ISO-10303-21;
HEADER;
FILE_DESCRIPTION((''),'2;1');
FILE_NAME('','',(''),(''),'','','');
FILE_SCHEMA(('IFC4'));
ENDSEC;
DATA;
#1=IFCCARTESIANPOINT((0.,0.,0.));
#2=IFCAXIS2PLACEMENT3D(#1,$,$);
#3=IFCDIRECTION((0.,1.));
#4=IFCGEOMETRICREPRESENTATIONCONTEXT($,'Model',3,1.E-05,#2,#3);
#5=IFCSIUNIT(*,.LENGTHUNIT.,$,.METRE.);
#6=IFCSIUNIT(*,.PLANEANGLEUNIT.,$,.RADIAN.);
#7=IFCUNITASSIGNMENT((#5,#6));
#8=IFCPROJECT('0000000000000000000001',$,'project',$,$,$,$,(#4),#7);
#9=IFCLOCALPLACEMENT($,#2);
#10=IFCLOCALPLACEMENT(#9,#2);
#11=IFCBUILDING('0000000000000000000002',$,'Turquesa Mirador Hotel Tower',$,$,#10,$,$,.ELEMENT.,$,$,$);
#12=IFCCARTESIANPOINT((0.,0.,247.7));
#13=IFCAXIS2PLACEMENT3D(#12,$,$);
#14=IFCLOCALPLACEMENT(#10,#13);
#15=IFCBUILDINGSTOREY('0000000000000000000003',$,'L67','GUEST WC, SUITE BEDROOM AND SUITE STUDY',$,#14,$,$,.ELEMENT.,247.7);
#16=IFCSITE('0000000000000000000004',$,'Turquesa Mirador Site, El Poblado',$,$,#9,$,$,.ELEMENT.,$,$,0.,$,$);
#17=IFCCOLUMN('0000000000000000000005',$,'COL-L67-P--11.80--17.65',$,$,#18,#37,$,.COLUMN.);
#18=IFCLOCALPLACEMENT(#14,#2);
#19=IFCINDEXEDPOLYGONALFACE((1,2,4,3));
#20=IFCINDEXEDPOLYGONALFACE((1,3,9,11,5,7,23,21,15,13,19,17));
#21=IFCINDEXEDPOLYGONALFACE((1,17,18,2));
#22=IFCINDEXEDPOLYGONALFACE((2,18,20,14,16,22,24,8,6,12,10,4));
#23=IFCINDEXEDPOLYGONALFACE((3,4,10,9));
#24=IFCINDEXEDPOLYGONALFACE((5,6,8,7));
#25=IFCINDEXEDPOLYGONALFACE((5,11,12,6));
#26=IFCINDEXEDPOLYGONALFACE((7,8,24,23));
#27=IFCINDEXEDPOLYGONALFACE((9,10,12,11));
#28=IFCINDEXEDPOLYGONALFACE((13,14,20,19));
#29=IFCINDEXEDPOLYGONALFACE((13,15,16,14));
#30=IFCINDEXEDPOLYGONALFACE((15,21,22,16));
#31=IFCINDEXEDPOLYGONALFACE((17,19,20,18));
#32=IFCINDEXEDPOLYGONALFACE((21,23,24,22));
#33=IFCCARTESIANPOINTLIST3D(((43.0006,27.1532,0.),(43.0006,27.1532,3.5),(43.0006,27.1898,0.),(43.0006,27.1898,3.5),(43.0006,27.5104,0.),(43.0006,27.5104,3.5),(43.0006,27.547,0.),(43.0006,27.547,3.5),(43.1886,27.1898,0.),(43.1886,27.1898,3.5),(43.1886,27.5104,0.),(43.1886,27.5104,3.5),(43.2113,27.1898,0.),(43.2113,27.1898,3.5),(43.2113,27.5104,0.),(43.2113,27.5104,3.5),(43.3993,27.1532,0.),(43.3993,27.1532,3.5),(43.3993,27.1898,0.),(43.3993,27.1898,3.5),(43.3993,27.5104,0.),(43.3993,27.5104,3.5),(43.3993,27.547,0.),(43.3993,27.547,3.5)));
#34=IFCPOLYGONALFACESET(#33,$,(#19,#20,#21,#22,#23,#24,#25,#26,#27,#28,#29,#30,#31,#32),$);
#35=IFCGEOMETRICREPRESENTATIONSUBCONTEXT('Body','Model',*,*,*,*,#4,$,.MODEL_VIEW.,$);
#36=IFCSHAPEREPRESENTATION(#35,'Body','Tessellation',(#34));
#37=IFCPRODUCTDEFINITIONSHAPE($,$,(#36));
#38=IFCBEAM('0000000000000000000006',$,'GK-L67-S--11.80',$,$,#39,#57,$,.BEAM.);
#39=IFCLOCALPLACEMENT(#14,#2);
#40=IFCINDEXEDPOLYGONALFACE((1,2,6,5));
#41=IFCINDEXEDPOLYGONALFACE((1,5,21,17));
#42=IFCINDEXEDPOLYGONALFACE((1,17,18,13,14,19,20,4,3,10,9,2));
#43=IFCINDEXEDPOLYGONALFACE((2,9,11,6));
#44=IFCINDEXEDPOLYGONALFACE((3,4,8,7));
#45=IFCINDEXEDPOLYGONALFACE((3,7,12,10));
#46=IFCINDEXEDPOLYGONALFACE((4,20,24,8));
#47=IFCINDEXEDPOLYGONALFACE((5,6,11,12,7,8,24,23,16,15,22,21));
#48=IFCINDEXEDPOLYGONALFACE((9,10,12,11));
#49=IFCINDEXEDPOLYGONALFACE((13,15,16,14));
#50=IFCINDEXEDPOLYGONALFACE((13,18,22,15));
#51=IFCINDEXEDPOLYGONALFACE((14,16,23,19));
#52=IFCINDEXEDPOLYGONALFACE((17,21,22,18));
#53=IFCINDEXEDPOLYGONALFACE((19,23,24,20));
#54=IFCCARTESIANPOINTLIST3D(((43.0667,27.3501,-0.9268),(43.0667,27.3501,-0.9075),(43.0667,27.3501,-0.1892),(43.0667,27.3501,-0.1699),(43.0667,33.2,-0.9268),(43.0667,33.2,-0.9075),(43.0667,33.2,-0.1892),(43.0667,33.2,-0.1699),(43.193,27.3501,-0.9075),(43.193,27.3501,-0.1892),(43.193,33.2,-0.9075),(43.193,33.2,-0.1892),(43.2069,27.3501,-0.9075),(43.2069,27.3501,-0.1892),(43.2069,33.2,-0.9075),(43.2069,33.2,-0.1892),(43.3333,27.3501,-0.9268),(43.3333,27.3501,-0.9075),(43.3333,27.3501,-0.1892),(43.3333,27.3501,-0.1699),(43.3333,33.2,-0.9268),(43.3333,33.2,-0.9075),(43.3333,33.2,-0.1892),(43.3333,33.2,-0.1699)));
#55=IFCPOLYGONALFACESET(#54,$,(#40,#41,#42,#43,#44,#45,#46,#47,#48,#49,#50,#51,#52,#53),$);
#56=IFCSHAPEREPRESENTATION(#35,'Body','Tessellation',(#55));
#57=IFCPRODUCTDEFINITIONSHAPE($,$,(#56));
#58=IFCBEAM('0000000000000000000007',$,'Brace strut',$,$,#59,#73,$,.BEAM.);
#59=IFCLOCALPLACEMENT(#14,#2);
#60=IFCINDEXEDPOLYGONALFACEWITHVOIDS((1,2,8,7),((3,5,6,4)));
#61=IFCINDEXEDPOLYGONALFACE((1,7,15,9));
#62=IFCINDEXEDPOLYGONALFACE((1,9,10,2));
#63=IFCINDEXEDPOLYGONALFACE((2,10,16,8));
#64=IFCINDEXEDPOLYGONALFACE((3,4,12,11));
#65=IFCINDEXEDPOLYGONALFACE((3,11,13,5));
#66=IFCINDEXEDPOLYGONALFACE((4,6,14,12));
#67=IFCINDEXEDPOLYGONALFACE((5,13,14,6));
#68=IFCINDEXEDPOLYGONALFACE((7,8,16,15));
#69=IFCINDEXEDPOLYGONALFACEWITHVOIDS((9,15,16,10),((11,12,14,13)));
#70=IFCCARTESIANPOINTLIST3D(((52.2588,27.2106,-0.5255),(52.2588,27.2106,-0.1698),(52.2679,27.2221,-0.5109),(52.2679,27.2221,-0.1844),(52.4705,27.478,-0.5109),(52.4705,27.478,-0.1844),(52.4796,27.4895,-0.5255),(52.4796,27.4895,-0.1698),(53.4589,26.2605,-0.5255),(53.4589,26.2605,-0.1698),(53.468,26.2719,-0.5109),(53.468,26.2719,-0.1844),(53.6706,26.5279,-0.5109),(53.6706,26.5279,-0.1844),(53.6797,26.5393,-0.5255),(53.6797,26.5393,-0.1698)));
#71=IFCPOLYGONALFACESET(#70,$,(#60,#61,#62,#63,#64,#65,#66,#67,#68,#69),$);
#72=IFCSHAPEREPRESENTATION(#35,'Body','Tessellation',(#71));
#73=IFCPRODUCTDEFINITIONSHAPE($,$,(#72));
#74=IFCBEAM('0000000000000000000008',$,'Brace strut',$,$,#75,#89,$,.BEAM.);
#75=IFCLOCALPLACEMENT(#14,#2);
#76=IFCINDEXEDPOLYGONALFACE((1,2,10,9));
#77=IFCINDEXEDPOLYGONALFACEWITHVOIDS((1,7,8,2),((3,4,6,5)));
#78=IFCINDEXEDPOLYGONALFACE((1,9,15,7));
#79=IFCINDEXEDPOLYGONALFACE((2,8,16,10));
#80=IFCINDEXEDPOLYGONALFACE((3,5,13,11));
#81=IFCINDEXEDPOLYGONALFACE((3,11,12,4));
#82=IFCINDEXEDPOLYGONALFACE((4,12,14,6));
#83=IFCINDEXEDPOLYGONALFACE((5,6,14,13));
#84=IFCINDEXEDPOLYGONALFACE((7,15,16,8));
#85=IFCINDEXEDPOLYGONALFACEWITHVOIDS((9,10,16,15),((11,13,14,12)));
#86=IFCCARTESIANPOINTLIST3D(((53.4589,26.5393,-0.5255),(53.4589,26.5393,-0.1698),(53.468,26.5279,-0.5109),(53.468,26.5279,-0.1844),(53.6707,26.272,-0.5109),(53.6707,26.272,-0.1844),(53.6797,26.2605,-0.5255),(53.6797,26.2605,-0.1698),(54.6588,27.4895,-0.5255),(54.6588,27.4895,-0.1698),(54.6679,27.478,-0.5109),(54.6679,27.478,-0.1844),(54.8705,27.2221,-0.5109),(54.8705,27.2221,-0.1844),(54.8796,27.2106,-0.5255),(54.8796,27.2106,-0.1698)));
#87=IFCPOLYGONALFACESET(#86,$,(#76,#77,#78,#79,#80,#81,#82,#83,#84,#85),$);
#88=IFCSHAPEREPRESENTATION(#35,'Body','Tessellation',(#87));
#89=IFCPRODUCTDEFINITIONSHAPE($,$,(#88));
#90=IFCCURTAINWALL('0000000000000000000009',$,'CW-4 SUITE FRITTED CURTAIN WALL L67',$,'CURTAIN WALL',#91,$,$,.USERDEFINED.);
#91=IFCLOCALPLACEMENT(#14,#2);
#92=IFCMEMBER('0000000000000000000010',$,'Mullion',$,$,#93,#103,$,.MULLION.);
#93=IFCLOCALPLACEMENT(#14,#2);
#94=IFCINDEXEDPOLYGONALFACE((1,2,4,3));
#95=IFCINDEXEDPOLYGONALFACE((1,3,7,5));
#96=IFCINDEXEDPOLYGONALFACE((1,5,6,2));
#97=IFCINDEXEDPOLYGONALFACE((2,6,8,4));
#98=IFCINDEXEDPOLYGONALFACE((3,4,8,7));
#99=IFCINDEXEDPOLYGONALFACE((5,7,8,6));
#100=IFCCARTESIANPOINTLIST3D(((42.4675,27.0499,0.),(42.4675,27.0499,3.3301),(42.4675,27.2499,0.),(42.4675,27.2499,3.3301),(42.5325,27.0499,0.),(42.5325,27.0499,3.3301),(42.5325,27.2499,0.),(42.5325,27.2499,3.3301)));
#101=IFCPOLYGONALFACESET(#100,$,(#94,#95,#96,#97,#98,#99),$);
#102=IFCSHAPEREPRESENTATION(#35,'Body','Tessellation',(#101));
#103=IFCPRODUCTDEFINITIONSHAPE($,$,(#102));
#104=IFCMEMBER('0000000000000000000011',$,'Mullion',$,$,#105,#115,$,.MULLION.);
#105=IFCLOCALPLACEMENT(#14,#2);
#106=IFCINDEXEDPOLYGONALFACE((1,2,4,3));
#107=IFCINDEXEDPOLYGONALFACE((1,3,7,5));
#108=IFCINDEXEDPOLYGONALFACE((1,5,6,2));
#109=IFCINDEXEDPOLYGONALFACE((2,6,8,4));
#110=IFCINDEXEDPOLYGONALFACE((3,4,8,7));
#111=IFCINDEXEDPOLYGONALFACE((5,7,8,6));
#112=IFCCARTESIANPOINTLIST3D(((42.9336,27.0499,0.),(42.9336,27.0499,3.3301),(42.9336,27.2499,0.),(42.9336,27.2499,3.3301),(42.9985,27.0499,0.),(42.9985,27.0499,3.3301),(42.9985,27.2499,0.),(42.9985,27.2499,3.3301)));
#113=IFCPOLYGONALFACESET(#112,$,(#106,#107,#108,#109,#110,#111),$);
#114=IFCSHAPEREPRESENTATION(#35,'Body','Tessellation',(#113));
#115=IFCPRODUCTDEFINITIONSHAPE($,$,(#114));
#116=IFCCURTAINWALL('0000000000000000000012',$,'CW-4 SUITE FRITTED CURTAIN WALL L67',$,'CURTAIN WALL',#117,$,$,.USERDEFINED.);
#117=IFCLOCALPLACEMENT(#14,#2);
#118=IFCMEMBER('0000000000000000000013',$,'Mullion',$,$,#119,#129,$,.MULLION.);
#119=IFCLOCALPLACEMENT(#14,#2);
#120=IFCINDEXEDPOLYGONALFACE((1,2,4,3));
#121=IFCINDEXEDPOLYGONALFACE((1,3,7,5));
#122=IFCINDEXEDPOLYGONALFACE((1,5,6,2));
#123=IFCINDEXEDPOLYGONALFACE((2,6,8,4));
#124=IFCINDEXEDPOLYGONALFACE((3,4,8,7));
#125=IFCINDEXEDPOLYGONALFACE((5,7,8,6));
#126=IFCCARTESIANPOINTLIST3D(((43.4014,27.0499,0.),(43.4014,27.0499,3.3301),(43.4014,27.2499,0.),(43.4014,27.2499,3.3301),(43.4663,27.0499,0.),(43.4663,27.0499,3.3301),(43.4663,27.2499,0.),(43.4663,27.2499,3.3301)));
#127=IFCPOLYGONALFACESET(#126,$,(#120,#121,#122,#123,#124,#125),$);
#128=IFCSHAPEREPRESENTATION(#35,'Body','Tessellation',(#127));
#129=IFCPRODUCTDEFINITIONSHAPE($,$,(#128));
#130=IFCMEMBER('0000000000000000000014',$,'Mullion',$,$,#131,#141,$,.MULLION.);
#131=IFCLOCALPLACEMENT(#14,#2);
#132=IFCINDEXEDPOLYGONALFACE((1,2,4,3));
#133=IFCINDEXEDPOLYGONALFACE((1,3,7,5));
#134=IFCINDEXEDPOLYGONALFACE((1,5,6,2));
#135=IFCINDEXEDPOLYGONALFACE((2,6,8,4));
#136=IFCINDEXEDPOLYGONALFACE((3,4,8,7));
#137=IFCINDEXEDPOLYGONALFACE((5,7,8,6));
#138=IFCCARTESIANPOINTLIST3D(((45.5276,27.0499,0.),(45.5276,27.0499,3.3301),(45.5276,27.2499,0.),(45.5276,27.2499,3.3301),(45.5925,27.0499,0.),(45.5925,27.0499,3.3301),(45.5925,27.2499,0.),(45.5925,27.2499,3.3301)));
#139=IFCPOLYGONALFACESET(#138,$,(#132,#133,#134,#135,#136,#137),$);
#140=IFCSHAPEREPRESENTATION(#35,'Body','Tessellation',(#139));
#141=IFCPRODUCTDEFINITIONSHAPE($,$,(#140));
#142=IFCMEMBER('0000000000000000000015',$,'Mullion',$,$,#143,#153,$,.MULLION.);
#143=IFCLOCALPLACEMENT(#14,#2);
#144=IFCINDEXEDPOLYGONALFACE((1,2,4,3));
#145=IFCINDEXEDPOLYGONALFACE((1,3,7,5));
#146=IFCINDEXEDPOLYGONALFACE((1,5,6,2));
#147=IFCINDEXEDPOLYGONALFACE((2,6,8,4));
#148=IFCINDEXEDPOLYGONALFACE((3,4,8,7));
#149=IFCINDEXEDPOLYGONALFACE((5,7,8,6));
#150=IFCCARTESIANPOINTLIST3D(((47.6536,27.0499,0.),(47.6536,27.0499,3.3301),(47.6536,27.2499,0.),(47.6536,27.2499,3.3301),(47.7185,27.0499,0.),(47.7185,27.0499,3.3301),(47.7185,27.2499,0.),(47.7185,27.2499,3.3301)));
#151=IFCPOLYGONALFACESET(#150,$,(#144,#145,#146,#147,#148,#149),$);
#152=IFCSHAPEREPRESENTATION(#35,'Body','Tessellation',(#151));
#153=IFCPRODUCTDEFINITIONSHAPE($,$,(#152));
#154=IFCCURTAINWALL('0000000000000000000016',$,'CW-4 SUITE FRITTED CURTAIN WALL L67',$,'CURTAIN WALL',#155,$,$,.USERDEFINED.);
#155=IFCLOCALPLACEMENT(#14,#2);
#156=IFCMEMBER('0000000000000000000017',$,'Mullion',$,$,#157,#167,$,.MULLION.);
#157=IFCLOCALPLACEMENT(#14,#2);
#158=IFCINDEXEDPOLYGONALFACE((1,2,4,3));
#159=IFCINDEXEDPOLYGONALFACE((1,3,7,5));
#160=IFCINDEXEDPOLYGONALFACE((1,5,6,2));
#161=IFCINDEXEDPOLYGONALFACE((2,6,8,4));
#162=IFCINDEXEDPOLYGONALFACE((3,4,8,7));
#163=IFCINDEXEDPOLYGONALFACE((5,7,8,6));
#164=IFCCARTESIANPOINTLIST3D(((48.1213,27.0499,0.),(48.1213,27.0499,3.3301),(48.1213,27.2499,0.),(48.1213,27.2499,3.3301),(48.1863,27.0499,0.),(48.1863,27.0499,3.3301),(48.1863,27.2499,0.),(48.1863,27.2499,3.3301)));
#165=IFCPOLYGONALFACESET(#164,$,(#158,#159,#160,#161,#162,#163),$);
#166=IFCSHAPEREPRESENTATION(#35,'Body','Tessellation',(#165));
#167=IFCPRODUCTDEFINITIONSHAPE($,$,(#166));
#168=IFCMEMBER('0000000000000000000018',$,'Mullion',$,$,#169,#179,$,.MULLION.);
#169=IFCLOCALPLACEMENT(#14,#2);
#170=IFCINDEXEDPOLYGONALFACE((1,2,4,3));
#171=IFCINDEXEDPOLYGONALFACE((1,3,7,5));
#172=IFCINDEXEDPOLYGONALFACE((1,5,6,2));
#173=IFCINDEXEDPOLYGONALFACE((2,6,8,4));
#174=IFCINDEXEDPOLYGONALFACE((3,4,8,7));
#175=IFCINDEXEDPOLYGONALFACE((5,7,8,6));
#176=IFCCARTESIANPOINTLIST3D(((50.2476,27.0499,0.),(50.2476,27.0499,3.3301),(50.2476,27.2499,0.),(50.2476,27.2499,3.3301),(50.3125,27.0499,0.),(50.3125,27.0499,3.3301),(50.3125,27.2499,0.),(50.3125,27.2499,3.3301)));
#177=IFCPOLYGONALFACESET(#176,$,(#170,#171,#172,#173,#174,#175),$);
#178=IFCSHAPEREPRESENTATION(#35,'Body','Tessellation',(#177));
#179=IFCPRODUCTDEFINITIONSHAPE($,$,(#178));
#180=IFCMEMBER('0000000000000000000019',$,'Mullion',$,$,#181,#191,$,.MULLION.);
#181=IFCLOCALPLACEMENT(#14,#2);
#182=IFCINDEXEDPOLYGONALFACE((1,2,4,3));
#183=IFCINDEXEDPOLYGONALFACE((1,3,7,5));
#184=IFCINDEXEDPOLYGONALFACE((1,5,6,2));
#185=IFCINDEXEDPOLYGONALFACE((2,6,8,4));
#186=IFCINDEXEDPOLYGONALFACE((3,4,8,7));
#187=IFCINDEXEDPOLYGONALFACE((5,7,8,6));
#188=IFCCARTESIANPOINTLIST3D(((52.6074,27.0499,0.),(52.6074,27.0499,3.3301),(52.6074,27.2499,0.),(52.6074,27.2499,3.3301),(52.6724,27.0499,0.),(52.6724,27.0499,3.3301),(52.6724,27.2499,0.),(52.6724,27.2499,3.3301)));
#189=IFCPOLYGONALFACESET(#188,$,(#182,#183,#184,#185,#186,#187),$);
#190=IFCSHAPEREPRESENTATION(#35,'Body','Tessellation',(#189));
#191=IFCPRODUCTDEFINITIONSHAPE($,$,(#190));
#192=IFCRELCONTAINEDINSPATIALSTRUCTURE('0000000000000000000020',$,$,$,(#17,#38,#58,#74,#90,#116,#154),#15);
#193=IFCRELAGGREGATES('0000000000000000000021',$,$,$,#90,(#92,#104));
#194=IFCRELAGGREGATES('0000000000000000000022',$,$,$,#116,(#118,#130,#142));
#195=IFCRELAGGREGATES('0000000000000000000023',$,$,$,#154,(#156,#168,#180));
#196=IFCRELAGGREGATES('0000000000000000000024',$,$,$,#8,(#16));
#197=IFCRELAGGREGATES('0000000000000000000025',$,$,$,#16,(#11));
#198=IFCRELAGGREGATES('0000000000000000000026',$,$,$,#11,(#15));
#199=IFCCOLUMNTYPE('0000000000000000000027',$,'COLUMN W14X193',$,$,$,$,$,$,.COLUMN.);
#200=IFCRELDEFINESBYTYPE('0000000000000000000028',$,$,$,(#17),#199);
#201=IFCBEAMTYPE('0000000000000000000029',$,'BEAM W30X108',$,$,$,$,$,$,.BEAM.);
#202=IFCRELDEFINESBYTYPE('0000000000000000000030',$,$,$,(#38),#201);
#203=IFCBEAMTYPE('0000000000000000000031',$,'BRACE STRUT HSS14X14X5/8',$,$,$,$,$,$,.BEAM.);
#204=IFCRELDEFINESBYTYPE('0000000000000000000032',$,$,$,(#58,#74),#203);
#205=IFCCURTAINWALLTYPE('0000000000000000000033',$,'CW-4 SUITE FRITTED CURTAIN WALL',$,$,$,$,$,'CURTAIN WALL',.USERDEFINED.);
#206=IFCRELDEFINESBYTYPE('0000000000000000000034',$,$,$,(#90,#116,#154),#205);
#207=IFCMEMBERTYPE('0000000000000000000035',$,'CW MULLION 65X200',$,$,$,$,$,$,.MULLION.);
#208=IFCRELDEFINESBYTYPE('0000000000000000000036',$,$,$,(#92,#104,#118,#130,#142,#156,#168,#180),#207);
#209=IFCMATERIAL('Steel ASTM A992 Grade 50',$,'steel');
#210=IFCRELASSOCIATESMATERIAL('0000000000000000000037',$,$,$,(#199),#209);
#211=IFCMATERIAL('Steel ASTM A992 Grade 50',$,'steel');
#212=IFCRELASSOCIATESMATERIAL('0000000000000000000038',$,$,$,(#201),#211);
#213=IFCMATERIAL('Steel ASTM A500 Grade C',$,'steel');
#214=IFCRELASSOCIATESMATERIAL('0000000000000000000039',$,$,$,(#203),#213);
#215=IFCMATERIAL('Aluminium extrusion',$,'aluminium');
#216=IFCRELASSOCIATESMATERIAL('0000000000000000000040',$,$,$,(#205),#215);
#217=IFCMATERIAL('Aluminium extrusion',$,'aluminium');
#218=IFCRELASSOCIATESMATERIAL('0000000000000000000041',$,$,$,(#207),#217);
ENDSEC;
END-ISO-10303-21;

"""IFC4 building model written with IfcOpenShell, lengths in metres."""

from ifc_helpers import new_model, si_unit, direction, frame, origin, origin_2d, place, context, subcontext, project, spatial, rectangle, hollow_rectangle, i_section, extrude, material, material_profile, profile_set, type_object, element, aggregate, save


model = new_model("IFC4")

# Units and contexts
model_context = context("Model", 3, precision=1e-05, world=origin(), true_north=direction((0.0, 1.0)))
body_context = subcontext(model_context, "Body", "Model", "MODEL_VIEW")
ifc_project = project(units=[si_unit("LENGTHUNIT", "METRE"), si_unit("PLANEANGLEUNIT", "RADIAN")], contexts=[model_context])

# Site, building, storey
site_placement = place(None, origin())
site = spatial("IfcSite", under=ifc_project, at=site_placement, Name="Turquesa Mirador Site, El Poblado", CompositionType="ELEMENT", RefElevation=0.0)
building_placement = place(site_placement, origin())
building = spatial("IfcBuilding", under=site, at=building_placement, Name="Turquesa Mirador Hotel Tower", CompositionType="ELEMENT")
storey_placement = place(building_placement, frame((0.0, 0.0, 247.7)))
storey = spatial("IfcBuildingStorey", under=building, at=storey_placement, Name="L67", Description="GUEST WC, SUITE BEDROOM AND SUITE STUDY", CompositionType="ELEMENT", Elevation=247.7)

# Column
ifc_material_1 = material(Name="Steel ASTM A992 Grade 50", Category="steel")
ifc_material_profile_1 = material_profile(ifc_material_1, i_section(OverallWidth=0.3987, OverallDepth=0.3938, WebThickness=0.0227, FlangeThickness=0.0366, at=origin_2d()), Name="W14X193")
ifc_profile_set_1 = profile_set([ifc_material_profile_1], Name="Steel ASTM A992 Grade 50")
column_type = type_object("IfcColumnType", Name="COLUMN W14X193", PredefinedType="COLUMN", material=ifc_profile_set_1)
column_placement = place(storey_placement, frame((43.2, 27.3501, 0.0), z_axis=(0.0, 0.0, 1.0), x_axis=(1.0, 0.0, 0.0)))
element("IfcColumn", 1, at=column_placement, inside=storey, type_object=column_type, Name="COL-L67-P--11.80--17.65", PredefinedType="COLUMN", context=body_context, shape_type="SweptSolid", body=[
    extrude(i_section(OverallWidth=0.3987, OverallDepth=0.3938, WebThickness=0.0227, FlangeThickness=0.0366, at=origin_2d()), origin(), (0.0, 0.0, 1.0), 3.5),
])

# Beams
ifc_material_2 = material(Name="Steel ASTM A992 Grade 50", Category="steel")
ifc_material_profile_2 = material_profile(ifc_material_2, i_section(OverallWidth=0.2666, OverallDepth=0.7568, WebThickness=0.0139, FlangeThickness=0.0193, at=origin_2d()), Name="W30X108")
ifc_profile_set_2 = profile_set([ifc_material_profile_2], Name="Steel ASTM A992 Grade 50")
beam_type_1 = type_object("IfcBeamType", Name="BEAM W30X108", PredefinedType="BEAM", material=ifc_profile_set_2)
beam_1_placement = place(storey_placement, frame((43.2, 27.3501, -0.5483), z_axis=(0.0, 1.0, 0.0), x_axis=(-1.0, 0.0, 0.0)))
element("IfcBeam", 2, at=beam_1_placement, inside=storey, type_object=beam_type_1, Name="GK-L67-S--11.80", PredefinedType="BEAM", context=body_context, shape_type="SweptSolid", body=[
    extrude(i_section(OverallWidth=0.2666, OverallDepth=0.7568, WebThickness=0.0139, FlangeThickness=0.0193, at=origin_2d()), origin(), (0.0, 0.0, 1.0), 5.8499),
])
ifc_material_3 = material(Name="Steel ASTM A500 Grade C", Category="steel")
ifc_material_profile_3 = material_profile(ifc_material_3, hollow_rectangle(XDim=0.3557, YDim=0.3557, WallThickness=0.0146, at=origin_2d()), Name="HSS14X14X5/8")
ifc_profile_set_3 = profile_set([ifc_material_profile_3], Name="Steel ASTM A500 Grade C")
beam_type_2 = type_object("IfcBeamType", Name="BRACE STRUT HSS14X14X5/8", PredefinedType="BEAM", material=ifc_profile_set_3)
beam_2_placement = place(storey_placement, frame((53.5693, 26.3999, -0.3477), z_axis=(-0.784033, 0.620719, 0.0), x_axis=(-0.620719, -0.784033, 0.0)))
element("IfcBeam", 3, at=beam_2_placement, inside=storey, type_object=beam_type_2, Name="Brace strut", PredefinedType="BEAM", context=body_context, shape_type="SweptSolid", body=[
    extrude(hollow_rectangle(XDim=0.3557, YDim=0.3557, WallThickness=0.0146, at=origin_2d()), origin(), (0.0, 0.0, 1.0), 1.5308),
])
beam_3_placement = place(storey_placement, frame((53.5693, 26.3999, -0.3477), z_axis=(0.783971, 0.620797, 0.0), x_axis=(-0.620797, 0.783971, 0.0)))
element("IfcBeam", 4, at=beam_3_placement, inside=storey, type_object=beam_type_2, Name="Brace strut", PredefinedType="BEAM", context=body_context, shape_type="SweptSolid", body=[
    extrude(hollow_rectangle(XDim=0.3557, YDim=0.3557, WallThickness=0.0146, at=origin_2d()), origin(), (0.0, 0.0, 1.0), 1.5305),
])

# Curtain walls, members
ifc_material_4 = material(Name="Aluminium extrusion", Category="aluminium")
curtain_wall_type = type_object("IfcCurtainWallType", Name="CW-4 SUITE FRITTED CURTAIN WALL", ElementType="CURTAIN WALL", PredefinedType="USERDEFINED", material=ifc_material_4)
curtain_wall_1_placement = place(storey_placement, origin())
curtain_wall_1 = element("IfcCurtainWall", 5, at=curtain_wall_1_placement, inside=storey, type_object=curtain_wall_type, Name="CW-4 SUITE FRITTED CURTAIN WALL L67", ObjectType="CURTAIN WALL", PredefinedType="USERDEFINED")
ifc_material_5 = material(Name="Aluminium extrusion", Category="aluminium")
ifc_material_profile_4 = material_profile(ifc_material_5, rectangle(XDim=0.0649, YDim=0.2, at=origin_2d()), Name="MULLION 65X200")
ifc_profile_set_4 = profile_set([ifc_material_profile_4], Name="Aluminium extrusion")
member_type_1 = type_object("IfcMemberType", Name="CW MULLION 65X200", PredefinedType="MULLION", material=ifc_profile_set_4)
member_1_placement = place(storey_placement, frame((42.5, 27.1499, 0.0), z_axis=(0.0, 0.0, 1.0), x_axis=(1.0, 0.0, 0.0)))
member_1 = element("IfcMember", 6, at=member_1_placement, type_object=member_type_1, Name="Mullion", PredefinedType="MULLION", context=body_context, shape_type="SweptSolid", body=[
    extrude(rectangle(XDim=0.0649, YDim=0.2, at=origin_2d()), origin(), (0.0, 0.0, 1.0), 3.3301),
])
member_2_placement = place(storey_placement, frame((42.9661, 27.1499, 0.0), z_axis=(0.0, 0.0, 1.0), x_axis=(1.0, 0.0, 0.0)))
member_2 = element("IfcMember", 7, at=member_2_placement, type_object=member_type_1, Name="Mullion", PredefinedType="MULLION", context=body_context, shape_type="SweptSolid", body=[
    extrude(rectangle(XDim=0.0649, YDim=0.2, at=origin_2d()), origin(), (0.0, 0.0, 1.0), 3.3301),
])
curtain_wall_2_placement = place(storey_placement, origin())
curtain_wall_2 = element("IfcCurtainWall", 8, at=curtain_wall_2_placement, inside=storey, type_object=curtain_wall_type, Name="CW-4 SUITE FRITTED CURTAIN WALL L67", ObjectType="CURTAIN WALL", PredefinedType="USERDEFINED")
member_3_placement = place(storey_placement, frame((43.4338, 27.1499, 0.0), z_axis=(0.0, 0.0, 1.0), x_axis=(1.0, 0.0, 0.0)))
member_3 = element("IfcMember", 9, at=member_3_placement, type_object=member_type_1, Name="Mullion", PredefinedType="MULLION", context=body_context, shape_type="SweptSolid", body=[
    extrude(rectangle(XDim=0.0649, YDim=0.2, at=origin_2d()), origin(), (0.0, 0.0, 1.0), 3.3301),
])
member_4_placement = place(storey_placement, frame((45.5601, 27.1499, 0.0), z_axis=(0.0, 0.0, 1.0), x_axis=(1.0, 0.0, 0.0)))
member_4 = element("IfcMember", 10, at=member_4_placement, type_object=member_type_1, Name="Mullion", PredefinedType="MULLION", context=body_context, shape_type="SweptSolid", body=[
    extrude(rectangle(XDim=0.0649, YDim=0.2, at=origin_2d()), origin(), (0.0, 0.0, 1.0), 3.3301),
])
member_5_placement = place(storey_placement, frame((47.686, 27.1499, 0.0), z_axis=(0.0, 0.0, 1.0), x_axis=(1.0, 0.0, 0.0)))
member_5 = element("IfcMember", 11, at=member_5_placement, type_object=member_type_1, Name="Mullion", PredefinedType="MULLION", context=body_context, shape_type="SweptSolid", body=[
    extrude(rectangle(XDim=0.0649, YDim=0.2, at=origin_2d()), origin(), (0.0, 0.0, 1.0), 3.3301),
])
curtain_wall_3_placement = place(storey_placement, origin())
curtain_wall_3 = element("IfcCurtainWall", 12, at=curtain_wall_3_placement, inside=storey, type_object=curtain_wall_type, Name="CW-4 SUITE FRITTED CURTAIN WALL L67", ObjectType="CURTAIN WALL", PredefinedType="USERDEFINED")
member_6_placement = place(storey_placement, frame((48.1538, 27.1499, 0.0), z_axis=(0.0, 0.0, 1.0), x_axis=(1.0, 0.0, 0.0)))
member_6 = element("IfcMember", 13, at=member_6_placement, type_object=member_type_1, Name="Mullion", PredefinedType="MULLION", context=body_context, shape_type="SweptSolid", body=[
    extrude(rectangle(XDim=0.0649, YDim=0.2, at=origin_2d()), origin(), (0.0, 0.0, 1.0), 3.3301),
])
member_7_placement = place(storey_placement, frame((50.28, 27.1499, 0.0), z_axis=(0.0, 0.0, 1.0), x_axis=(1.0, 0.0, 0.0)))
member_7 = element("IfcMember", 14, at=member_7_placement, type_object=member_type_1, Name="Mullion", PredefinedType="MULLION", context=body_context, shape_type="SweptSolid", body=[
    extrude(rectangle(XDim=0.0649, YDim=0.2, at=origin_2d()), origin(), (0.0, 0.0, 1.0), 3.3301),
])
member_8_placement = place(storey_placement, frame((52.6399, 27.1499, 0.0), z_axis=(0.0, 0.0, 1.0), x_axis=(1.0, 0.0, 0.0)))
member_8 = element("IfcMember", 15, at=member_8_placement, type_object=member_type_1, Name="Mullion", PredefinedType="MULLION", context=body_context, shape_type="SweptSolid", body=[
    extrude(rectangle(XDim=0.0649, YDim=0.2, at=origin_2d()), origin(), (0.0, 0.0, 1.0), 3.3301),
])

aggregate(curtain_wall_1, [member_1, member_2])
aggregate(curtain_wall_2, [member_3, member_4, member_5])
aggregate(curtain_wall_3, [member_6, member_7, member_8])

save(model, "model.ifc")
